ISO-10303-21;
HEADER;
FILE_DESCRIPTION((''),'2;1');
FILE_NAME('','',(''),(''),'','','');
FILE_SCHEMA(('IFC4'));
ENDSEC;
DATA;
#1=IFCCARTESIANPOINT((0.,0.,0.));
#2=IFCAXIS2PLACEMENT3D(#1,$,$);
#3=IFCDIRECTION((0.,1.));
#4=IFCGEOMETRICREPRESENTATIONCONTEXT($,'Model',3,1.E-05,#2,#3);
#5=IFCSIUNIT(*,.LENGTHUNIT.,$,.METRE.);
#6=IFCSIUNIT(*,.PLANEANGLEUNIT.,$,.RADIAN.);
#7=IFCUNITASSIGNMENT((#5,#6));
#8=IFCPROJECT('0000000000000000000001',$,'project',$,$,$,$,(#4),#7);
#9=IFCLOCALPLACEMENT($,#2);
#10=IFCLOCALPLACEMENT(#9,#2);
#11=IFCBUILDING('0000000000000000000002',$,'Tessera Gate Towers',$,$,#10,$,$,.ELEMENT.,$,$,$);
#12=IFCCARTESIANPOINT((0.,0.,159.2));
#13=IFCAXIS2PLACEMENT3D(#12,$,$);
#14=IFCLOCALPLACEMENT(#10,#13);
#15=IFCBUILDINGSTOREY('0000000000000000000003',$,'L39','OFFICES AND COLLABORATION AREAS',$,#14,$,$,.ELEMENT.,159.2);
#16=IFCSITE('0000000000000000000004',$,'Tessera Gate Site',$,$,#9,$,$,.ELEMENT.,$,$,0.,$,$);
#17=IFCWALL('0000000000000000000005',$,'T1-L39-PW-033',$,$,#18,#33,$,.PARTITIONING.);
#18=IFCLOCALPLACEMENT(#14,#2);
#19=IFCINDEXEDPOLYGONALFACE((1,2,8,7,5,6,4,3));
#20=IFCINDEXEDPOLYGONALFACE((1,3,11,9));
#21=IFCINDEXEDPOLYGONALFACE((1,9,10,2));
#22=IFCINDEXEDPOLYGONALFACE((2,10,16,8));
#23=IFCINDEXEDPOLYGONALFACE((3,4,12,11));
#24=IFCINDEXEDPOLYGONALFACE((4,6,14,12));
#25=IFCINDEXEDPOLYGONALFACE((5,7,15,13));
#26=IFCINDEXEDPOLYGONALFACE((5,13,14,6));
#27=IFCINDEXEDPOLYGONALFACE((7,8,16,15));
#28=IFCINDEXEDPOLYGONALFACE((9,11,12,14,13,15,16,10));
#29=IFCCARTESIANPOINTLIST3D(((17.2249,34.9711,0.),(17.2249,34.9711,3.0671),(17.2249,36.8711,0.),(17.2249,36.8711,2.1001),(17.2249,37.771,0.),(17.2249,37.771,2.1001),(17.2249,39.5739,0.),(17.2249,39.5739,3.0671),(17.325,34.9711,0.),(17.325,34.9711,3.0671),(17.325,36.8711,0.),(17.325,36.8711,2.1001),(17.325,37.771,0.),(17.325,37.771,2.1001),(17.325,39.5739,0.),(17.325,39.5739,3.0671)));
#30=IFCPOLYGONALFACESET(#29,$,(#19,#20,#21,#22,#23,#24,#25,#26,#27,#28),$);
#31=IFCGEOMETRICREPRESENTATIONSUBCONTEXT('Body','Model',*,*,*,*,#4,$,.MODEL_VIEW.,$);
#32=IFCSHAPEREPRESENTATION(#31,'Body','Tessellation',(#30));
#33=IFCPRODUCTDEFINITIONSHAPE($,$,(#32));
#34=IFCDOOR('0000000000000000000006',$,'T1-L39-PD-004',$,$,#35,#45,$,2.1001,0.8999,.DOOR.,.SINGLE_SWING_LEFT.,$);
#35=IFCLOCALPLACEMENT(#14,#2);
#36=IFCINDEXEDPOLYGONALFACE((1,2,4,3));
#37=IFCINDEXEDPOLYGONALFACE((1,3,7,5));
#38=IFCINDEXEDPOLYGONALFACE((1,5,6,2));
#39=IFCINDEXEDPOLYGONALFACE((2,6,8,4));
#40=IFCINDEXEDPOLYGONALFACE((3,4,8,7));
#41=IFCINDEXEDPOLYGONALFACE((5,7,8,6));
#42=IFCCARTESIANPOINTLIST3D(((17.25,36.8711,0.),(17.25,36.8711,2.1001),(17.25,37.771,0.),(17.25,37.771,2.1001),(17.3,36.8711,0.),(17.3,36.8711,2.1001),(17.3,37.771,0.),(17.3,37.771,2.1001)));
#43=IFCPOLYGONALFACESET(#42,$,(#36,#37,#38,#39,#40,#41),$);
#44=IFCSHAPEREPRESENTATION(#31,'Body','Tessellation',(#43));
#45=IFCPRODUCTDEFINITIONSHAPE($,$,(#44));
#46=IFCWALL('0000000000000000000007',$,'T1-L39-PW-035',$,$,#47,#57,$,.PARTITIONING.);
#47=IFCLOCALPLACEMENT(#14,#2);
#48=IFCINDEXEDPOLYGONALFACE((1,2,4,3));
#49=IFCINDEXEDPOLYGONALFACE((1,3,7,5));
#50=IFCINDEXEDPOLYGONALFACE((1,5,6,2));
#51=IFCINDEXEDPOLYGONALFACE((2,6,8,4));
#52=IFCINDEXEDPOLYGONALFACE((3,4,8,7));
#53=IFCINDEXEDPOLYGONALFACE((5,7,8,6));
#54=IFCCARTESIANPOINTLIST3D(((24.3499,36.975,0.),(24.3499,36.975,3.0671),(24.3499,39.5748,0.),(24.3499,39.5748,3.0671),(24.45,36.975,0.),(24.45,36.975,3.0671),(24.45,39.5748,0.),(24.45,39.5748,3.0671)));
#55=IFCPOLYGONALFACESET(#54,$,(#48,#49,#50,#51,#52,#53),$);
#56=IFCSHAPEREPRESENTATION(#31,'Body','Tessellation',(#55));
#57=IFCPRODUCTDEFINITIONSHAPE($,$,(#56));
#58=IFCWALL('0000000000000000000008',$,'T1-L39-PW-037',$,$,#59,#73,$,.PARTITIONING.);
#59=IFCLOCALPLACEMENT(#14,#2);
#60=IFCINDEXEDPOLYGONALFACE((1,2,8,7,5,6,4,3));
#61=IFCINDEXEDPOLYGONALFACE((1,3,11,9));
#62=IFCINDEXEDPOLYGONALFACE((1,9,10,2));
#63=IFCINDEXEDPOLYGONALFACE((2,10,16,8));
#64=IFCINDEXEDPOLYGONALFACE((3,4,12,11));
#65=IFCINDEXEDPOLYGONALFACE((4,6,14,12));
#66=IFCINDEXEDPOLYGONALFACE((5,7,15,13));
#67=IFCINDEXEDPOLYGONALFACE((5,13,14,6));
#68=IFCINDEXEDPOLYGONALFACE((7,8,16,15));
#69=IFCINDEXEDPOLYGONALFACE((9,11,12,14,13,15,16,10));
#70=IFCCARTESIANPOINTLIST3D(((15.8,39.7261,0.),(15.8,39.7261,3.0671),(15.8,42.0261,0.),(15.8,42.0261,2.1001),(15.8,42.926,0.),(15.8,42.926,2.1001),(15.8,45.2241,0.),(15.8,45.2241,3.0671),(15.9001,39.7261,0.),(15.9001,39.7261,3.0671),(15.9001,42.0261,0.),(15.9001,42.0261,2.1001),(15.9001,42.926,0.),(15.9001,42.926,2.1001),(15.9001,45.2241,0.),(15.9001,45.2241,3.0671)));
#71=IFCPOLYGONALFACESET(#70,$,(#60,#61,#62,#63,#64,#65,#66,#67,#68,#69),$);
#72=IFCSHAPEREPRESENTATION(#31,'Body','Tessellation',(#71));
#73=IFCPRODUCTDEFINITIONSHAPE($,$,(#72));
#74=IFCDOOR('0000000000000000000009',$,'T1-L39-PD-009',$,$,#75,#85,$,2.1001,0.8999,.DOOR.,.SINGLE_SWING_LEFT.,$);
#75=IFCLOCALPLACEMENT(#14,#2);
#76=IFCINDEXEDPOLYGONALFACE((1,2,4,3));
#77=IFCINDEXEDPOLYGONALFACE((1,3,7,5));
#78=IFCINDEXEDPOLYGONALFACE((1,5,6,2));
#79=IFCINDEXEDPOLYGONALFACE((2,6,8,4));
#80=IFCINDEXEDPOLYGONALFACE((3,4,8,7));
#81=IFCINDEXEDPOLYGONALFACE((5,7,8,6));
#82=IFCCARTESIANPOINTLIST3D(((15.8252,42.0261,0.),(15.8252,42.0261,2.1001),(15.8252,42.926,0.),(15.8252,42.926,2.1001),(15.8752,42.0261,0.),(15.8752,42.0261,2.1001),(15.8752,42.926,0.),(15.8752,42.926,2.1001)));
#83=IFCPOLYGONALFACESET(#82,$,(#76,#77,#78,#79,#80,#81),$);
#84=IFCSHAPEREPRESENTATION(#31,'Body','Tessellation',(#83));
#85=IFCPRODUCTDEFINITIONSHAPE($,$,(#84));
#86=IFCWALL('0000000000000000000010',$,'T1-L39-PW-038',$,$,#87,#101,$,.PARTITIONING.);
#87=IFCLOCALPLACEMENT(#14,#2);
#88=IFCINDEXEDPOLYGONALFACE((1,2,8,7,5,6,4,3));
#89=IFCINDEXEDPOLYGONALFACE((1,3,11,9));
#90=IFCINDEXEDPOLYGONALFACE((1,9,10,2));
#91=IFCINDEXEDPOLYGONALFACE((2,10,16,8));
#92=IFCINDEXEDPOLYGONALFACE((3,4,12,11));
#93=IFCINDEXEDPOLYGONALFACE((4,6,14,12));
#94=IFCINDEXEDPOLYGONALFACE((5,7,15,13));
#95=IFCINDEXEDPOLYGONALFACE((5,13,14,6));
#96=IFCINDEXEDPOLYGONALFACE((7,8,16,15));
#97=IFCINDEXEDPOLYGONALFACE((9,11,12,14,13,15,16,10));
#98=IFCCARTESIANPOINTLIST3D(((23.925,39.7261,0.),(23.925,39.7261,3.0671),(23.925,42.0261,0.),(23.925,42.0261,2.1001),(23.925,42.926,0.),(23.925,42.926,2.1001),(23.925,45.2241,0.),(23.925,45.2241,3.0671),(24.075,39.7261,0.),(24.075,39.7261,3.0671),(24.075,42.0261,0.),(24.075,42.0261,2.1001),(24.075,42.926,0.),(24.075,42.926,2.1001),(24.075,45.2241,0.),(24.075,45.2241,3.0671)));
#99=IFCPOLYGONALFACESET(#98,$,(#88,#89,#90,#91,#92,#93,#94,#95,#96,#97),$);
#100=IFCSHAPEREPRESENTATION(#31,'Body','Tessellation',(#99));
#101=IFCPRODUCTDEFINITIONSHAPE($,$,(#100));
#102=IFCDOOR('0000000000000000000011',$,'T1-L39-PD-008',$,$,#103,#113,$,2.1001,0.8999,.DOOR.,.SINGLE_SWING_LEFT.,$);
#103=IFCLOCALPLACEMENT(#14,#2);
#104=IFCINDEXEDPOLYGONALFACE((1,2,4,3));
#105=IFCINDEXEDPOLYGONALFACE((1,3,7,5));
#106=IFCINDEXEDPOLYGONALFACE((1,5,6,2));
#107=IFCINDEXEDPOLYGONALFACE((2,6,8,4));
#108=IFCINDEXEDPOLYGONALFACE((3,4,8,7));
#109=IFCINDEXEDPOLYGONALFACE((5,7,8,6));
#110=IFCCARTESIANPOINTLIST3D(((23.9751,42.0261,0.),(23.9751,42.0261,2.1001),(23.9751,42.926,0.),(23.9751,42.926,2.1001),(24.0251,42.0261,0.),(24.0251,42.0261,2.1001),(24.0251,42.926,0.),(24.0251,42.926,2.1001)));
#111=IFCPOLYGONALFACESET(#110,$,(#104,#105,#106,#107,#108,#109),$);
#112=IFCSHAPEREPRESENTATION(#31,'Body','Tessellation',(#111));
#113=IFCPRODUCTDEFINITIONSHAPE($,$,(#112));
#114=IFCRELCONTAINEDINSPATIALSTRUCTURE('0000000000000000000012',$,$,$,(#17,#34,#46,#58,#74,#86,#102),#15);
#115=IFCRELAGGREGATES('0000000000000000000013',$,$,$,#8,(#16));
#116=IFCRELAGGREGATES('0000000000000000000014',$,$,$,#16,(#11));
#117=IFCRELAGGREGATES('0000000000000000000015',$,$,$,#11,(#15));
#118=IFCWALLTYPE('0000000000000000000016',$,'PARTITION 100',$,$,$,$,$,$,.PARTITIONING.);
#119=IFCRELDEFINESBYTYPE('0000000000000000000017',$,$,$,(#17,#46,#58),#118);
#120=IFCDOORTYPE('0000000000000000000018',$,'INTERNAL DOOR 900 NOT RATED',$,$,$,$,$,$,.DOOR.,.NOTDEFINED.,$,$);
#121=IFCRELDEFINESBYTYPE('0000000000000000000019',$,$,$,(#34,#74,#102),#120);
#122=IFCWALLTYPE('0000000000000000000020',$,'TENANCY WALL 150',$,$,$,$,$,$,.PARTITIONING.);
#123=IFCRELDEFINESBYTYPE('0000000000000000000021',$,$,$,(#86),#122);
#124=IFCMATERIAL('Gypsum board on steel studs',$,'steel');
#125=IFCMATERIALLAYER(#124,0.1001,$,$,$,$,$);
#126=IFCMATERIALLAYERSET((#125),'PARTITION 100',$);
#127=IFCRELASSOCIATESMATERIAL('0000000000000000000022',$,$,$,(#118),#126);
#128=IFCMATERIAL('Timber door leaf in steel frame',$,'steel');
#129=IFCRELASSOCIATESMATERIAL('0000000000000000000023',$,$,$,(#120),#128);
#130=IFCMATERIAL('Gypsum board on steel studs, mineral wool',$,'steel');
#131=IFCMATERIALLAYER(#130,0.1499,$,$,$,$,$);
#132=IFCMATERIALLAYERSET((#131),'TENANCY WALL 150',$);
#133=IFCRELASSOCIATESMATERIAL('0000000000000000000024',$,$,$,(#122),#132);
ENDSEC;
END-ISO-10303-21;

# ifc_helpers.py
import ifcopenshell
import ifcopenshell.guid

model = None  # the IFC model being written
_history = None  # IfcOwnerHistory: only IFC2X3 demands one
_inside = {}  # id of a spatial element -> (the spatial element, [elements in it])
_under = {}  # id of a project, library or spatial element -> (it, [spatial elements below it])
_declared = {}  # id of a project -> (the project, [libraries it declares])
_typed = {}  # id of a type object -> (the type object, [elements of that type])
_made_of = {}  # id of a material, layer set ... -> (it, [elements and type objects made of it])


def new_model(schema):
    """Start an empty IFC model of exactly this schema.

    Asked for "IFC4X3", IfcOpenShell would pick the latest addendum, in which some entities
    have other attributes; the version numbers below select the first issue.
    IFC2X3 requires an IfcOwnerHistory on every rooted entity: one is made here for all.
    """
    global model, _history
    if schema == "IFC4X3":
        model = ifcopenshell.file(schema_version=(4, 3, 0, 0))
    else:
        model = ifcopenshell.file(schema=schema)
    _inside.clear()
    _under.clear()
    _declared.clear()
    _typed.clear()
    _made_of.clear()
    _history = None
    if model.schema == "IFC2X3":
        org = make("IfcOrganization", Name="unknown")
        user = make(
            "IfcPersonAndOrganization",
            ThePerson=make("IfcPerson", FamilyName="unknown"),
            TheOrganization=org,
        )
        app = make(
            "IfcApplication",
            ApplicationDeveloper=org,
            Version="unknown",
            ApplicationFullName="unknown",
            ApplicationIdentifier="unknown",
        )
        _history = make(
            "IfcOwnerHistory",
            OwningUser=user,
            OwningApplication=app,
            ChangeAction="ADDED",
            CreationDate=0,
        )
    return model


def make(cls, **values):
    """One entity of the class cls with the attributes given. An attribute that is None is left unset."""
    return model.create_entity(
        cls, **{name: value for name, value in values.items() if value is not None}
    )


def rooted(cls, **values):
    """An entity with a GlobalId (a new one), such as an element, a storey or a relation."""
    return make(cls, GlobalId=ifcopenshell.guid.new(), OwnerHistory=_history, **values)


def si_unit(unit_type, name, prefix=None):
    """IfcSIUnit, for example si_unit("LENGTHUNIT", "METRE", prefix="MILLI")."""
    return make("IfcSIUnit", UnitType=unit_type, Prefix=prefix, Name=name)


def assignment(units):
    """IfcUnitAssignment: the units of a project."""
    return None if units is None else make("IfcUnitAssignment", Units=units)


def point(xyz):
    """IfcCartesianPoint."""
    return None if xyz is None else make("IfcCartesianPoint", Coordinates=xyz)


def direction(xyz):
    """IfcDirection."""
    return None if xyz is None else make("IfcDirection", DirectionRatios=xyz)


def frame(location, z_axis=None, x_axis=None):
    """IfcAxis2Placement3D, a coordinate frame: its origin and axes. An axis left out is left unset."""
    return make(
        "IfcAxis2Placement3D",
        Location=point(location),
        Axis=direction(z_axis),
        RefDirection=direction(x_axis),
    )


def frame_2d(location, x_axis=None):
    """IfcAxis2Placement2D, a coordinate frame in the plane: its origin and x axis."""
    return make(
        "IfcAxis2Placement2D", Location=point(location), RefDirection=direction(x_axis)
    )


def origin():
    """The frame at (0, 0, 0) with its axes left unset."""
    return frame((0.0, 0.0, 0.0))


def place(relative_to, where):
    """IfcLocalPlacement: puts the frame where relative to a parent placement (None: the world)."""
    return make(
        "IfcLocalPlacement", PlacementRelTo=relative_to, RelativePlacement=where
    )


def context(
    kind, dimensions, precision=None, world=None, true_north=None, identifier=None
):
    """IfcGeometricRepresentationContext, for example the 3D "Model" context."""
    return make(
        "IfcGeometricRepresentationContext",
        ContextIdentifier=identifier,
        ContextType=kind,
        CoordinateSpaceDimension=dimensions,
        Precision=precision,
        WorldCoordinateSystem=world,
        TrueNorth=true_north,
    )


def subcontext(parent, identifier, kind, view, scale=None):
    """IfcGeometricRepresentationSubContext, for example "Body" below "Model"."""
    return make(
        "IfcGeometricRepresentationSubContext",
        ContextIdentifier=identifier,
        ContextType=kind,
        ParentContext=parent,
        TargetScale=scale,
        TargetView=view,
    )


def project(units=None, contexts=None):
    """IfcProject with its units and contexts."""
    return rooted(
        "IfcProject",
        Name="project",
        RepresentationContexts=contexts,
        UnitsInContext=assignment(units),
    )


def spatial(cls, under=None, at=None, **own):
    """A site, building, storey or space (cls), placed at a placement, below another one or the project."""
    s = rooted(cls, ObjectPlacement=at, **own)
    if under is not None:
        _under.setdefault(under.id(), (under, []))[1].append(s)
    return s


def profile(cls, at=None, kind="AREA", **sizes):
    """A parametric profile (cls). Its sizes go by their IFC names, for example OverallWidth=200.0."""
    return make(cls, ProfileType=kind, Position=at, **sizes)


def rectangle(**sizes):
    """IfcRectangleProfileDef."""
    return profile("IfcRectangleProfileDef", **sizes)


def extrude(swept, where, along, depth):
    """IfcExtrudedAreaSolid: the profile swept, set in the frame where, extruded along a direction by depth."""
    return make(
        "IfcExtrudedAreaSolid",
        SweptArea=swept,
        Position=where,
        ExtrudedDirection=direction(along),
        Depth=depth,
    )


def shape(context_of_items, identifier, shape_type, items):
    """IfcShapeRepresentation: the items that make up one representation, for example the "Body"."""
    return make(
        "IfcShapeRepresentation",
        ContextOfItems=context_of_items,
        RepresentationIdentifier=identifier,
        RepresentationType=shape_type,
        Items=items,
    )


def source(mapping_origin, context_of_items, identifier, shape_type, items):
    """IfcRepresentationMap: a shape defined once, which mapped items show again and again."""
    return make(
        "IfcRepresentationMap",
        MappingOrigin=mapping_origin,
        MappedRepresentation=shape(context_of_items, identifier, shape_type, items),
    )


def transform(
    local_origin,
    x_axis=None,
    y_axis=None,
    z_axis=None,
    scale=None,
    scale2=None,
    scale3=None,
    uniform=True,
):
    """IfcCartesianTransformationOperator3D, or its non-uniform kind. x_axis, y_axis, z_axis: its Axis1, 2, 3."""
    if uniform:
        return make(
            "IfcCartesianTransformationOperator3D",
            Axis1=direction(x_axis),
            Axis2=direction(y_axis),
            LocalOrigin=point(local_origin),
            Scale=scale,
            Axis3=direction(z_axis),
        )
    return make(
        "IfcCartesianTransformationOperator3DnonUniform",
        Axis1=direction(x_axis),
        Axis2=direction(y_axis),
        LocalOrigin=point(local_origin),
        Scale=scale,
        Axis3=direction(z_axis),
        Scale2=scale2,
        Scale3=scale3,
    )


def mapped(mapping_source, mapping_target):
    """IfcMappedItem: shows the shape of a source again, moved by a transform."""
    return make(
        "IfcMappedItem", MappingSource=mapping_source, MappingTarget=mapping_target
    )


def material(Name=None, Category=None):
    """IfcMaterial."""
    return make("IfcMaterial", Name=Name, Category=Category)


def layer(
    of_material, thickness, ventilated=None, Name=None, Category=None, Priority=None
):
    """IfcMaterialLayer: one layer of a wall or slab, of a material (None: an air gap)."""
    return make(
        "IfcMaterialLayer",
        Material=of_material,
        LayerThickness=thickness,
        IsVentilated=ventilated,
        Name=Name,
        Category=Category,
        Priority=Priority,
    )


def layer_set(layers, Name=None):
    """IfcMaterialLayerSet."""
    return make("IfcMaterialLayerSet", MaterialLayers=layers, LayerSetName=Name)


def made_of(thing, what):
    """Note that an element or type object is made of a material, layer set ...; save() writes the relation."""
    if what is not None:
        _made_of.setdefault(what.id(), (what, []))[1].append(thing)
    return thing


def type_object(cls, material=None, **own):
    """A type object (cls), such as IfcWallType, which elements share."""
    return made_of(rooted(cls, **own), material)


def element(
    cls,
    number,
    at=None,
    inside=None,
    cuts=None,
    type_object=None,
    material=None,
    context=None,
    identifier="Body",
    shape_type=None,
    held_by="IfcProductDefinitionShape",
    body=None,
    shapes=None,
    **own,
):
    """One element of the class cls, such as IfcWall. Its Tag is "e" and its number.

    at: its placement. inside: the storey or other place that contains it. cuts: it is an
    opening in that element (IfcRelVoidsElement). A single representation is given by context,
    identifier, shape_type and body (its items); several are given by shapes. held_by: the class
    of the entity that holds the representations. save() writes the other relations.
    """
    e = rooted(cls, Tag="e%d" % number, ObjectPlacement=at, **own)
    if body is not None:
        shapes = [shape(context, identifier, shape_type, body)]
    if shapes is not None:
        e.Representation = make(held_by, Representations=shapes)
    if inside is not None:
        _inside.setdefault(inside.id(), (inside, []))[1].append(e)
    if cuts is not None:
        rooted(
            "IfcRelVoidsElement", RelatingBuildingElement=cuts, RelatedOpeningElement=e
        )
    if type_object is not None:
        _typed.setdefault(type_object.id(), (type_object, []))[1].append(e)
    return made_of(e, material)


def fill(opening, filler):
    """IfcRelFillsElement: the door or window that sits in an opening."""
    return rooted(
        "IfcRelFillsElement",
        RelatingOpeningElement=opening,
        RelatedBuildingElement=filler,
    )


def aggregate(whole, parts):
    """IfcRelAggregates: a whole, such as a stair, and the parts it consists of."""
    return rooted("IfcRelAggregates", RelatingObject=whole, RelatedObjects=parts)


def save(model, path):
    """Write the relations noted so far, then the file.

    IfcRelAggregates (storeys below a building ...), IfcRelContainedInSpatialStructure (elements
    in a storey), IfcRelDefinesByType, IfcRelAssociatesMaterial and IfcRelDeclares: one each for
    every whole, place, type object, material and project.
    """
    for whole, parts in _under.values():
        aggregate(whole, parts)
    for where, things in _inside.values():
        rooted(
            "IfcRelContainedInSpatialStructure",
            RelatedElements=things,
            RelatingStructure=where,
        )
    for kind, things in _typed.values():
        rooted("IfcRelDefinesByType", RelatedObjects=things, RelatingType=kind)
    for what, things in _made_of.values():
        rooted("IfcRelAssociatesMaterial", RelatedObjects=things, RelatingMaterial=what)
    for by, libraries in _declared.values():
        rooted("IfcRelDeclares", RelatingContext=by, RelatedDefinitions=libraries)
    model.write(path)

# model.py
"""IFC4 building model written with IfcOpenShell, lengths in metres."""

from ifc_helpers import new_model, si_unit, direction, frame, frame_2d, origin, place, context, subcontext, project, spatial, rectangle, extrude, source, transform, mapped, material, layer, layer_set, type_object, element, fill, save


model = new_model("IFC4")

# Units and contexts
model_context = context("Model", 3, precision=1e-05, world=origin(), true_north=direction((0.0, 1.0)))
body_context = subcontext(model_context, "Body", "Model", "MODEL_VIEW")
ifc_project = project(units=[si_unit("LENGTHUNIT", "METRE"), si_unit("PLANEANGLEUNIT", "RADIAN")], contexts=[model_context])

# Site, building, storey
site_placement = place(None, origin())
site = spatial("IfcSite", under=ifc_project, at=site_placement, Name="Tessera Gate Site", CompositionType="ELEMENT", RefElevation=0.0)
building_placement = place(site_placement, origin())
building = spatial("IfcBuilding", under=site, at=building_placement, Name="Tessera Gate Towers", CompositionType="ELEMENT")
storey_placement = place(building_placement, frame((0.0, 0.0, 159.2)))
storey = spatial("IfcBuildingStorey", under=building, at=storey_placement, Name="L39", Description="OFFICES AND COLLABORATION AREAS", CompositionType="ELEMENT", Elevation=159.2)

# Wall, opening, door
ifc_material_1 = material(Name="Gypsum board on steel studs", Category="steel")
ifc_layer_1 = layer(ifc_material_1, 0.1001)
ifc_layer_set_1 = layer_set([ifc_layer_1], Name="PARTITION 100")
wall_type_1 = type_object("IfcWallType", Name="PARTITION 100", PredefinedType="PARTITIONING", material=ifc_layer_set_1)
wall_1_placement = place(storey_placement, frame((17.2749, 34.9712, 0.0), z_axis=(0.0, 0.0, 1.0), x_axis=(0.0, 1.0, 0.0)))
wall_1 = element("IfcWall", 1, at=wall_1_placement, inside=storey, type_object=wall_type_1, Name="T1-L39-PW-033", PredefinedType="PARTITIONING", context=body_context, shape_type="SweptSolid", body=[
    extrude(rectangle(XDim=4.6028, YDim=0.1001, at=frame_2d((2.3013, 0.0))), origin(), (0.0, 0.0, 1.0), 3.0671),
])
shared_shape_1 = source(origin(), body_context, "Body", "SweptSolid", [
    extrude(rectangle(XDim=0.8999, YDim=2.1001, at=frame_2d((0.45, 1.05))), frame((0.0, 0.0601, 0.0), z_axis=(0.0, -1.0, 0.0), x_axis=(1.0, 0.0, 0.0)), (0.0, 0.0, 1.0), 0.1201),
])
opening_1_placement = place(wall_1_placement, frame((1.8999, 0.0, 0.0)))
opening_1 = element("IfcOpeningElement", 2, at=opening_1_placement, cuts=wall_1, PredefinedType="OPENING", context=body_context, shape_type="MappedRepresentation", body=[
    mapped(shared_shape_1, transform((0.0, 0.0, 0.0), scale=1.0)),
])
ifc_material_2 = material(Name="Timber door leaf in steel frame", Category="steel")
door_type_1 = type_object("IfcDoorType", Name="INTERNAL DOOR 900 NOT RATED", OperationType="NOTDEFINED", PredefinedType="DOOR", material=ifc_material_2)
shared_shape_2 = source(origin(), body_context, "Body", "SweptSolid", [
    extrude(rectangle(XDim=0.8999, YDim=2.1001, at=frame_2d((0.45, 1.05))), frame((0.0, 0.0249, 0.0), z_axis=(0.0, -1.0, 0.0), x_axis=(1.0, 0.0, 0.0)), (0.0, 0.0, 1.0), 0.05),
])
door_1_placement = place(opening_1_placement, origin())
door_1 = element("IfcDoor", 3, at=door_1_placement, inside=storey, type_object=door_type_1, Name="T1-L39-PD-004", OperationType="SINGLE_SWING_LEFT", OverallHeight=2.1001, OverallWidth=0.8999, PredefinedType="DOOR", context=body_context, shape_type="MappedRepresentation", body=[
    mapped(shared_shape_2, transform((0.0, 0.0, 0.0), scale=1.0)),
])
fill(opening_1, door_1)

# Wall
wall_2_placement = place(storey_placement, frame((24.3999, 36.9751, 0.0), z_axis=(0.0, 0.0, 1.0), x_axis=(0.0, 1.0, 0.0)))
element("IfcWall", 4, at=wall_2_placement, inside=storey, type_object=wall_type_1, Name="T1-L39-PW-035", PredefinedType="PARTITIONING", context=body_context, shape_type="SweptSolid", body=[
    extrude(rectangle(XDim=2.5999, YDim=0.1001, at=frame_2d((1.2998, 0.0))), origin(), (0.0, 0.0, 1.0), 3.0671),
])

# Walls, openings, doors
wall_3_placement = place(storey_placement, frame((15.8501, 39.7261, 0.0), z_axis=(0.0, 0.0, 1.0), x_axis=(0.0, 1.0, 0.0)))
wall_3 = element("IfcWall", 5, at=wall_3_placement, inside=storey, type_object=wall_type_1, Name="T1-L39-PW-037", PredefinedType="PARTITIONING", context=body_context, shape_type="SweptSolid", body=[
    extrude(rectangle(XDim=5.498, YDim=0.1001, at=frame_2d((2.749, 0.0))), origin(), (0.0, 0.0, 1.0), 3.0671),
])
opening_2_placement = place(wall_3_placement, frame((2.3, 0.0, 0.0)))
opening_2 = element("IfcOpeningElement", 6, at=opening_2_placement, cuts=wall_3, PredefinedType="OPENING", context=body_context, shape_type="MappedRepresentation", body=[
    mapped(shared_shape_1, transform((0.0, 0.0, 0.0), scale=1.0)),
])
door_2_placement = place(opening_2_placement, origin())
door_2 = element("IfcDoor", 7, at=door_2_placement, inside=storey, type_object=door_type_1, Name="T1-L39-PD-009", OperationType="SINGLE_SWING_LEFT", OverallHeight=2.1001, OverallWidth=0.8999, PredefinedType="DOOR", context=body_context, shape_type="MappedRepresentation", body=[
    mapped(shared_shape_2, transform((0.0, 0.0, 0.0), scale=1.0)),
])
fill(opening_2, door_2)
ifc_material_3 = material(Name="Gypsum board on steel studs, mineral wool", Category="steel")
ifc_layer_2 = layer(ifc_material_3, 0.1499)
ifc_layer_set_2 = layer_set([ifc_layer_2], Name="TENANCY WALL 150")
wall_type_2 = type_object("IfcWallType", Name="TENANCY WALL 150", PredefinedType="PARTITIONING", material=ifc_layer_set_2)
wall_4_placement = place(storey_placement, frame((24.0, 39.7261, 0.0), z_axis=(0.0, 0.0, 1.0), x_axis=(0.0, 1.0, 0.0)))
wall_4 = element("IfcWall", 8, at=wall_4_placement, inside=storey, type_object=wall_type_2, Name="T1-L39-PW-038", PredefinedType="PARTITIONING", context=body_context, shape_type="SweptSolid", body=[
    extrude(rectangle(XDim=5.498, YDim=0.1499, at=frame_2d((2.749, 0.0))), origin(), (0.0, 0.0, 1.0), 3.0671),
])
shared_shape_3 = source(origin(), body_context, "Body", "SweptSolid", [
    extrude(rectangle(XDim=0.8999, YDim=2.1001, at=frame_2d((0.45, 1.05))), frame((0.0, 0.085, 0.0), z_axis=(0.0, -1.0, 0.0), x_axis=(1.0, 0.0, 0.0)), (0.0, 0.0, 1.0), 0.1699),
])
opening_3_placement = place(wall_4_placement, frame((2.3, 0.0, 0.0)))
opening_3 = element("IfcOpeningElement", 9, at=opening_3_placement, cuts=wall_4, PredefinedType="OPENING", context=body_context, shape_type="MappedRepresentation", body=[
    mapped(shared_shape_3, transform((0.0, 0.0, 0.0), scale=1.0)),
])
door_3_placement = place(opening_3_placement, origin())
door_3 = element("IfcDoor", 10, at=door_3_placement, inside=storey, type_object=door_type_1, Name="T1-L39-PD-008", OperationType="SINGLE_SWING_LEFT", OverallHeight=2.1001, OverallWidth=0.8999, PredefinedType="DOOR", context=body_context, shape_type="MappedRepresentation", body=[
    mapped(shared_shape_2, transform((0.0, 0.0, 0.0), scale=1.0)),
])
fill(opening_3, door_3)

save(model, "model.ifc")
